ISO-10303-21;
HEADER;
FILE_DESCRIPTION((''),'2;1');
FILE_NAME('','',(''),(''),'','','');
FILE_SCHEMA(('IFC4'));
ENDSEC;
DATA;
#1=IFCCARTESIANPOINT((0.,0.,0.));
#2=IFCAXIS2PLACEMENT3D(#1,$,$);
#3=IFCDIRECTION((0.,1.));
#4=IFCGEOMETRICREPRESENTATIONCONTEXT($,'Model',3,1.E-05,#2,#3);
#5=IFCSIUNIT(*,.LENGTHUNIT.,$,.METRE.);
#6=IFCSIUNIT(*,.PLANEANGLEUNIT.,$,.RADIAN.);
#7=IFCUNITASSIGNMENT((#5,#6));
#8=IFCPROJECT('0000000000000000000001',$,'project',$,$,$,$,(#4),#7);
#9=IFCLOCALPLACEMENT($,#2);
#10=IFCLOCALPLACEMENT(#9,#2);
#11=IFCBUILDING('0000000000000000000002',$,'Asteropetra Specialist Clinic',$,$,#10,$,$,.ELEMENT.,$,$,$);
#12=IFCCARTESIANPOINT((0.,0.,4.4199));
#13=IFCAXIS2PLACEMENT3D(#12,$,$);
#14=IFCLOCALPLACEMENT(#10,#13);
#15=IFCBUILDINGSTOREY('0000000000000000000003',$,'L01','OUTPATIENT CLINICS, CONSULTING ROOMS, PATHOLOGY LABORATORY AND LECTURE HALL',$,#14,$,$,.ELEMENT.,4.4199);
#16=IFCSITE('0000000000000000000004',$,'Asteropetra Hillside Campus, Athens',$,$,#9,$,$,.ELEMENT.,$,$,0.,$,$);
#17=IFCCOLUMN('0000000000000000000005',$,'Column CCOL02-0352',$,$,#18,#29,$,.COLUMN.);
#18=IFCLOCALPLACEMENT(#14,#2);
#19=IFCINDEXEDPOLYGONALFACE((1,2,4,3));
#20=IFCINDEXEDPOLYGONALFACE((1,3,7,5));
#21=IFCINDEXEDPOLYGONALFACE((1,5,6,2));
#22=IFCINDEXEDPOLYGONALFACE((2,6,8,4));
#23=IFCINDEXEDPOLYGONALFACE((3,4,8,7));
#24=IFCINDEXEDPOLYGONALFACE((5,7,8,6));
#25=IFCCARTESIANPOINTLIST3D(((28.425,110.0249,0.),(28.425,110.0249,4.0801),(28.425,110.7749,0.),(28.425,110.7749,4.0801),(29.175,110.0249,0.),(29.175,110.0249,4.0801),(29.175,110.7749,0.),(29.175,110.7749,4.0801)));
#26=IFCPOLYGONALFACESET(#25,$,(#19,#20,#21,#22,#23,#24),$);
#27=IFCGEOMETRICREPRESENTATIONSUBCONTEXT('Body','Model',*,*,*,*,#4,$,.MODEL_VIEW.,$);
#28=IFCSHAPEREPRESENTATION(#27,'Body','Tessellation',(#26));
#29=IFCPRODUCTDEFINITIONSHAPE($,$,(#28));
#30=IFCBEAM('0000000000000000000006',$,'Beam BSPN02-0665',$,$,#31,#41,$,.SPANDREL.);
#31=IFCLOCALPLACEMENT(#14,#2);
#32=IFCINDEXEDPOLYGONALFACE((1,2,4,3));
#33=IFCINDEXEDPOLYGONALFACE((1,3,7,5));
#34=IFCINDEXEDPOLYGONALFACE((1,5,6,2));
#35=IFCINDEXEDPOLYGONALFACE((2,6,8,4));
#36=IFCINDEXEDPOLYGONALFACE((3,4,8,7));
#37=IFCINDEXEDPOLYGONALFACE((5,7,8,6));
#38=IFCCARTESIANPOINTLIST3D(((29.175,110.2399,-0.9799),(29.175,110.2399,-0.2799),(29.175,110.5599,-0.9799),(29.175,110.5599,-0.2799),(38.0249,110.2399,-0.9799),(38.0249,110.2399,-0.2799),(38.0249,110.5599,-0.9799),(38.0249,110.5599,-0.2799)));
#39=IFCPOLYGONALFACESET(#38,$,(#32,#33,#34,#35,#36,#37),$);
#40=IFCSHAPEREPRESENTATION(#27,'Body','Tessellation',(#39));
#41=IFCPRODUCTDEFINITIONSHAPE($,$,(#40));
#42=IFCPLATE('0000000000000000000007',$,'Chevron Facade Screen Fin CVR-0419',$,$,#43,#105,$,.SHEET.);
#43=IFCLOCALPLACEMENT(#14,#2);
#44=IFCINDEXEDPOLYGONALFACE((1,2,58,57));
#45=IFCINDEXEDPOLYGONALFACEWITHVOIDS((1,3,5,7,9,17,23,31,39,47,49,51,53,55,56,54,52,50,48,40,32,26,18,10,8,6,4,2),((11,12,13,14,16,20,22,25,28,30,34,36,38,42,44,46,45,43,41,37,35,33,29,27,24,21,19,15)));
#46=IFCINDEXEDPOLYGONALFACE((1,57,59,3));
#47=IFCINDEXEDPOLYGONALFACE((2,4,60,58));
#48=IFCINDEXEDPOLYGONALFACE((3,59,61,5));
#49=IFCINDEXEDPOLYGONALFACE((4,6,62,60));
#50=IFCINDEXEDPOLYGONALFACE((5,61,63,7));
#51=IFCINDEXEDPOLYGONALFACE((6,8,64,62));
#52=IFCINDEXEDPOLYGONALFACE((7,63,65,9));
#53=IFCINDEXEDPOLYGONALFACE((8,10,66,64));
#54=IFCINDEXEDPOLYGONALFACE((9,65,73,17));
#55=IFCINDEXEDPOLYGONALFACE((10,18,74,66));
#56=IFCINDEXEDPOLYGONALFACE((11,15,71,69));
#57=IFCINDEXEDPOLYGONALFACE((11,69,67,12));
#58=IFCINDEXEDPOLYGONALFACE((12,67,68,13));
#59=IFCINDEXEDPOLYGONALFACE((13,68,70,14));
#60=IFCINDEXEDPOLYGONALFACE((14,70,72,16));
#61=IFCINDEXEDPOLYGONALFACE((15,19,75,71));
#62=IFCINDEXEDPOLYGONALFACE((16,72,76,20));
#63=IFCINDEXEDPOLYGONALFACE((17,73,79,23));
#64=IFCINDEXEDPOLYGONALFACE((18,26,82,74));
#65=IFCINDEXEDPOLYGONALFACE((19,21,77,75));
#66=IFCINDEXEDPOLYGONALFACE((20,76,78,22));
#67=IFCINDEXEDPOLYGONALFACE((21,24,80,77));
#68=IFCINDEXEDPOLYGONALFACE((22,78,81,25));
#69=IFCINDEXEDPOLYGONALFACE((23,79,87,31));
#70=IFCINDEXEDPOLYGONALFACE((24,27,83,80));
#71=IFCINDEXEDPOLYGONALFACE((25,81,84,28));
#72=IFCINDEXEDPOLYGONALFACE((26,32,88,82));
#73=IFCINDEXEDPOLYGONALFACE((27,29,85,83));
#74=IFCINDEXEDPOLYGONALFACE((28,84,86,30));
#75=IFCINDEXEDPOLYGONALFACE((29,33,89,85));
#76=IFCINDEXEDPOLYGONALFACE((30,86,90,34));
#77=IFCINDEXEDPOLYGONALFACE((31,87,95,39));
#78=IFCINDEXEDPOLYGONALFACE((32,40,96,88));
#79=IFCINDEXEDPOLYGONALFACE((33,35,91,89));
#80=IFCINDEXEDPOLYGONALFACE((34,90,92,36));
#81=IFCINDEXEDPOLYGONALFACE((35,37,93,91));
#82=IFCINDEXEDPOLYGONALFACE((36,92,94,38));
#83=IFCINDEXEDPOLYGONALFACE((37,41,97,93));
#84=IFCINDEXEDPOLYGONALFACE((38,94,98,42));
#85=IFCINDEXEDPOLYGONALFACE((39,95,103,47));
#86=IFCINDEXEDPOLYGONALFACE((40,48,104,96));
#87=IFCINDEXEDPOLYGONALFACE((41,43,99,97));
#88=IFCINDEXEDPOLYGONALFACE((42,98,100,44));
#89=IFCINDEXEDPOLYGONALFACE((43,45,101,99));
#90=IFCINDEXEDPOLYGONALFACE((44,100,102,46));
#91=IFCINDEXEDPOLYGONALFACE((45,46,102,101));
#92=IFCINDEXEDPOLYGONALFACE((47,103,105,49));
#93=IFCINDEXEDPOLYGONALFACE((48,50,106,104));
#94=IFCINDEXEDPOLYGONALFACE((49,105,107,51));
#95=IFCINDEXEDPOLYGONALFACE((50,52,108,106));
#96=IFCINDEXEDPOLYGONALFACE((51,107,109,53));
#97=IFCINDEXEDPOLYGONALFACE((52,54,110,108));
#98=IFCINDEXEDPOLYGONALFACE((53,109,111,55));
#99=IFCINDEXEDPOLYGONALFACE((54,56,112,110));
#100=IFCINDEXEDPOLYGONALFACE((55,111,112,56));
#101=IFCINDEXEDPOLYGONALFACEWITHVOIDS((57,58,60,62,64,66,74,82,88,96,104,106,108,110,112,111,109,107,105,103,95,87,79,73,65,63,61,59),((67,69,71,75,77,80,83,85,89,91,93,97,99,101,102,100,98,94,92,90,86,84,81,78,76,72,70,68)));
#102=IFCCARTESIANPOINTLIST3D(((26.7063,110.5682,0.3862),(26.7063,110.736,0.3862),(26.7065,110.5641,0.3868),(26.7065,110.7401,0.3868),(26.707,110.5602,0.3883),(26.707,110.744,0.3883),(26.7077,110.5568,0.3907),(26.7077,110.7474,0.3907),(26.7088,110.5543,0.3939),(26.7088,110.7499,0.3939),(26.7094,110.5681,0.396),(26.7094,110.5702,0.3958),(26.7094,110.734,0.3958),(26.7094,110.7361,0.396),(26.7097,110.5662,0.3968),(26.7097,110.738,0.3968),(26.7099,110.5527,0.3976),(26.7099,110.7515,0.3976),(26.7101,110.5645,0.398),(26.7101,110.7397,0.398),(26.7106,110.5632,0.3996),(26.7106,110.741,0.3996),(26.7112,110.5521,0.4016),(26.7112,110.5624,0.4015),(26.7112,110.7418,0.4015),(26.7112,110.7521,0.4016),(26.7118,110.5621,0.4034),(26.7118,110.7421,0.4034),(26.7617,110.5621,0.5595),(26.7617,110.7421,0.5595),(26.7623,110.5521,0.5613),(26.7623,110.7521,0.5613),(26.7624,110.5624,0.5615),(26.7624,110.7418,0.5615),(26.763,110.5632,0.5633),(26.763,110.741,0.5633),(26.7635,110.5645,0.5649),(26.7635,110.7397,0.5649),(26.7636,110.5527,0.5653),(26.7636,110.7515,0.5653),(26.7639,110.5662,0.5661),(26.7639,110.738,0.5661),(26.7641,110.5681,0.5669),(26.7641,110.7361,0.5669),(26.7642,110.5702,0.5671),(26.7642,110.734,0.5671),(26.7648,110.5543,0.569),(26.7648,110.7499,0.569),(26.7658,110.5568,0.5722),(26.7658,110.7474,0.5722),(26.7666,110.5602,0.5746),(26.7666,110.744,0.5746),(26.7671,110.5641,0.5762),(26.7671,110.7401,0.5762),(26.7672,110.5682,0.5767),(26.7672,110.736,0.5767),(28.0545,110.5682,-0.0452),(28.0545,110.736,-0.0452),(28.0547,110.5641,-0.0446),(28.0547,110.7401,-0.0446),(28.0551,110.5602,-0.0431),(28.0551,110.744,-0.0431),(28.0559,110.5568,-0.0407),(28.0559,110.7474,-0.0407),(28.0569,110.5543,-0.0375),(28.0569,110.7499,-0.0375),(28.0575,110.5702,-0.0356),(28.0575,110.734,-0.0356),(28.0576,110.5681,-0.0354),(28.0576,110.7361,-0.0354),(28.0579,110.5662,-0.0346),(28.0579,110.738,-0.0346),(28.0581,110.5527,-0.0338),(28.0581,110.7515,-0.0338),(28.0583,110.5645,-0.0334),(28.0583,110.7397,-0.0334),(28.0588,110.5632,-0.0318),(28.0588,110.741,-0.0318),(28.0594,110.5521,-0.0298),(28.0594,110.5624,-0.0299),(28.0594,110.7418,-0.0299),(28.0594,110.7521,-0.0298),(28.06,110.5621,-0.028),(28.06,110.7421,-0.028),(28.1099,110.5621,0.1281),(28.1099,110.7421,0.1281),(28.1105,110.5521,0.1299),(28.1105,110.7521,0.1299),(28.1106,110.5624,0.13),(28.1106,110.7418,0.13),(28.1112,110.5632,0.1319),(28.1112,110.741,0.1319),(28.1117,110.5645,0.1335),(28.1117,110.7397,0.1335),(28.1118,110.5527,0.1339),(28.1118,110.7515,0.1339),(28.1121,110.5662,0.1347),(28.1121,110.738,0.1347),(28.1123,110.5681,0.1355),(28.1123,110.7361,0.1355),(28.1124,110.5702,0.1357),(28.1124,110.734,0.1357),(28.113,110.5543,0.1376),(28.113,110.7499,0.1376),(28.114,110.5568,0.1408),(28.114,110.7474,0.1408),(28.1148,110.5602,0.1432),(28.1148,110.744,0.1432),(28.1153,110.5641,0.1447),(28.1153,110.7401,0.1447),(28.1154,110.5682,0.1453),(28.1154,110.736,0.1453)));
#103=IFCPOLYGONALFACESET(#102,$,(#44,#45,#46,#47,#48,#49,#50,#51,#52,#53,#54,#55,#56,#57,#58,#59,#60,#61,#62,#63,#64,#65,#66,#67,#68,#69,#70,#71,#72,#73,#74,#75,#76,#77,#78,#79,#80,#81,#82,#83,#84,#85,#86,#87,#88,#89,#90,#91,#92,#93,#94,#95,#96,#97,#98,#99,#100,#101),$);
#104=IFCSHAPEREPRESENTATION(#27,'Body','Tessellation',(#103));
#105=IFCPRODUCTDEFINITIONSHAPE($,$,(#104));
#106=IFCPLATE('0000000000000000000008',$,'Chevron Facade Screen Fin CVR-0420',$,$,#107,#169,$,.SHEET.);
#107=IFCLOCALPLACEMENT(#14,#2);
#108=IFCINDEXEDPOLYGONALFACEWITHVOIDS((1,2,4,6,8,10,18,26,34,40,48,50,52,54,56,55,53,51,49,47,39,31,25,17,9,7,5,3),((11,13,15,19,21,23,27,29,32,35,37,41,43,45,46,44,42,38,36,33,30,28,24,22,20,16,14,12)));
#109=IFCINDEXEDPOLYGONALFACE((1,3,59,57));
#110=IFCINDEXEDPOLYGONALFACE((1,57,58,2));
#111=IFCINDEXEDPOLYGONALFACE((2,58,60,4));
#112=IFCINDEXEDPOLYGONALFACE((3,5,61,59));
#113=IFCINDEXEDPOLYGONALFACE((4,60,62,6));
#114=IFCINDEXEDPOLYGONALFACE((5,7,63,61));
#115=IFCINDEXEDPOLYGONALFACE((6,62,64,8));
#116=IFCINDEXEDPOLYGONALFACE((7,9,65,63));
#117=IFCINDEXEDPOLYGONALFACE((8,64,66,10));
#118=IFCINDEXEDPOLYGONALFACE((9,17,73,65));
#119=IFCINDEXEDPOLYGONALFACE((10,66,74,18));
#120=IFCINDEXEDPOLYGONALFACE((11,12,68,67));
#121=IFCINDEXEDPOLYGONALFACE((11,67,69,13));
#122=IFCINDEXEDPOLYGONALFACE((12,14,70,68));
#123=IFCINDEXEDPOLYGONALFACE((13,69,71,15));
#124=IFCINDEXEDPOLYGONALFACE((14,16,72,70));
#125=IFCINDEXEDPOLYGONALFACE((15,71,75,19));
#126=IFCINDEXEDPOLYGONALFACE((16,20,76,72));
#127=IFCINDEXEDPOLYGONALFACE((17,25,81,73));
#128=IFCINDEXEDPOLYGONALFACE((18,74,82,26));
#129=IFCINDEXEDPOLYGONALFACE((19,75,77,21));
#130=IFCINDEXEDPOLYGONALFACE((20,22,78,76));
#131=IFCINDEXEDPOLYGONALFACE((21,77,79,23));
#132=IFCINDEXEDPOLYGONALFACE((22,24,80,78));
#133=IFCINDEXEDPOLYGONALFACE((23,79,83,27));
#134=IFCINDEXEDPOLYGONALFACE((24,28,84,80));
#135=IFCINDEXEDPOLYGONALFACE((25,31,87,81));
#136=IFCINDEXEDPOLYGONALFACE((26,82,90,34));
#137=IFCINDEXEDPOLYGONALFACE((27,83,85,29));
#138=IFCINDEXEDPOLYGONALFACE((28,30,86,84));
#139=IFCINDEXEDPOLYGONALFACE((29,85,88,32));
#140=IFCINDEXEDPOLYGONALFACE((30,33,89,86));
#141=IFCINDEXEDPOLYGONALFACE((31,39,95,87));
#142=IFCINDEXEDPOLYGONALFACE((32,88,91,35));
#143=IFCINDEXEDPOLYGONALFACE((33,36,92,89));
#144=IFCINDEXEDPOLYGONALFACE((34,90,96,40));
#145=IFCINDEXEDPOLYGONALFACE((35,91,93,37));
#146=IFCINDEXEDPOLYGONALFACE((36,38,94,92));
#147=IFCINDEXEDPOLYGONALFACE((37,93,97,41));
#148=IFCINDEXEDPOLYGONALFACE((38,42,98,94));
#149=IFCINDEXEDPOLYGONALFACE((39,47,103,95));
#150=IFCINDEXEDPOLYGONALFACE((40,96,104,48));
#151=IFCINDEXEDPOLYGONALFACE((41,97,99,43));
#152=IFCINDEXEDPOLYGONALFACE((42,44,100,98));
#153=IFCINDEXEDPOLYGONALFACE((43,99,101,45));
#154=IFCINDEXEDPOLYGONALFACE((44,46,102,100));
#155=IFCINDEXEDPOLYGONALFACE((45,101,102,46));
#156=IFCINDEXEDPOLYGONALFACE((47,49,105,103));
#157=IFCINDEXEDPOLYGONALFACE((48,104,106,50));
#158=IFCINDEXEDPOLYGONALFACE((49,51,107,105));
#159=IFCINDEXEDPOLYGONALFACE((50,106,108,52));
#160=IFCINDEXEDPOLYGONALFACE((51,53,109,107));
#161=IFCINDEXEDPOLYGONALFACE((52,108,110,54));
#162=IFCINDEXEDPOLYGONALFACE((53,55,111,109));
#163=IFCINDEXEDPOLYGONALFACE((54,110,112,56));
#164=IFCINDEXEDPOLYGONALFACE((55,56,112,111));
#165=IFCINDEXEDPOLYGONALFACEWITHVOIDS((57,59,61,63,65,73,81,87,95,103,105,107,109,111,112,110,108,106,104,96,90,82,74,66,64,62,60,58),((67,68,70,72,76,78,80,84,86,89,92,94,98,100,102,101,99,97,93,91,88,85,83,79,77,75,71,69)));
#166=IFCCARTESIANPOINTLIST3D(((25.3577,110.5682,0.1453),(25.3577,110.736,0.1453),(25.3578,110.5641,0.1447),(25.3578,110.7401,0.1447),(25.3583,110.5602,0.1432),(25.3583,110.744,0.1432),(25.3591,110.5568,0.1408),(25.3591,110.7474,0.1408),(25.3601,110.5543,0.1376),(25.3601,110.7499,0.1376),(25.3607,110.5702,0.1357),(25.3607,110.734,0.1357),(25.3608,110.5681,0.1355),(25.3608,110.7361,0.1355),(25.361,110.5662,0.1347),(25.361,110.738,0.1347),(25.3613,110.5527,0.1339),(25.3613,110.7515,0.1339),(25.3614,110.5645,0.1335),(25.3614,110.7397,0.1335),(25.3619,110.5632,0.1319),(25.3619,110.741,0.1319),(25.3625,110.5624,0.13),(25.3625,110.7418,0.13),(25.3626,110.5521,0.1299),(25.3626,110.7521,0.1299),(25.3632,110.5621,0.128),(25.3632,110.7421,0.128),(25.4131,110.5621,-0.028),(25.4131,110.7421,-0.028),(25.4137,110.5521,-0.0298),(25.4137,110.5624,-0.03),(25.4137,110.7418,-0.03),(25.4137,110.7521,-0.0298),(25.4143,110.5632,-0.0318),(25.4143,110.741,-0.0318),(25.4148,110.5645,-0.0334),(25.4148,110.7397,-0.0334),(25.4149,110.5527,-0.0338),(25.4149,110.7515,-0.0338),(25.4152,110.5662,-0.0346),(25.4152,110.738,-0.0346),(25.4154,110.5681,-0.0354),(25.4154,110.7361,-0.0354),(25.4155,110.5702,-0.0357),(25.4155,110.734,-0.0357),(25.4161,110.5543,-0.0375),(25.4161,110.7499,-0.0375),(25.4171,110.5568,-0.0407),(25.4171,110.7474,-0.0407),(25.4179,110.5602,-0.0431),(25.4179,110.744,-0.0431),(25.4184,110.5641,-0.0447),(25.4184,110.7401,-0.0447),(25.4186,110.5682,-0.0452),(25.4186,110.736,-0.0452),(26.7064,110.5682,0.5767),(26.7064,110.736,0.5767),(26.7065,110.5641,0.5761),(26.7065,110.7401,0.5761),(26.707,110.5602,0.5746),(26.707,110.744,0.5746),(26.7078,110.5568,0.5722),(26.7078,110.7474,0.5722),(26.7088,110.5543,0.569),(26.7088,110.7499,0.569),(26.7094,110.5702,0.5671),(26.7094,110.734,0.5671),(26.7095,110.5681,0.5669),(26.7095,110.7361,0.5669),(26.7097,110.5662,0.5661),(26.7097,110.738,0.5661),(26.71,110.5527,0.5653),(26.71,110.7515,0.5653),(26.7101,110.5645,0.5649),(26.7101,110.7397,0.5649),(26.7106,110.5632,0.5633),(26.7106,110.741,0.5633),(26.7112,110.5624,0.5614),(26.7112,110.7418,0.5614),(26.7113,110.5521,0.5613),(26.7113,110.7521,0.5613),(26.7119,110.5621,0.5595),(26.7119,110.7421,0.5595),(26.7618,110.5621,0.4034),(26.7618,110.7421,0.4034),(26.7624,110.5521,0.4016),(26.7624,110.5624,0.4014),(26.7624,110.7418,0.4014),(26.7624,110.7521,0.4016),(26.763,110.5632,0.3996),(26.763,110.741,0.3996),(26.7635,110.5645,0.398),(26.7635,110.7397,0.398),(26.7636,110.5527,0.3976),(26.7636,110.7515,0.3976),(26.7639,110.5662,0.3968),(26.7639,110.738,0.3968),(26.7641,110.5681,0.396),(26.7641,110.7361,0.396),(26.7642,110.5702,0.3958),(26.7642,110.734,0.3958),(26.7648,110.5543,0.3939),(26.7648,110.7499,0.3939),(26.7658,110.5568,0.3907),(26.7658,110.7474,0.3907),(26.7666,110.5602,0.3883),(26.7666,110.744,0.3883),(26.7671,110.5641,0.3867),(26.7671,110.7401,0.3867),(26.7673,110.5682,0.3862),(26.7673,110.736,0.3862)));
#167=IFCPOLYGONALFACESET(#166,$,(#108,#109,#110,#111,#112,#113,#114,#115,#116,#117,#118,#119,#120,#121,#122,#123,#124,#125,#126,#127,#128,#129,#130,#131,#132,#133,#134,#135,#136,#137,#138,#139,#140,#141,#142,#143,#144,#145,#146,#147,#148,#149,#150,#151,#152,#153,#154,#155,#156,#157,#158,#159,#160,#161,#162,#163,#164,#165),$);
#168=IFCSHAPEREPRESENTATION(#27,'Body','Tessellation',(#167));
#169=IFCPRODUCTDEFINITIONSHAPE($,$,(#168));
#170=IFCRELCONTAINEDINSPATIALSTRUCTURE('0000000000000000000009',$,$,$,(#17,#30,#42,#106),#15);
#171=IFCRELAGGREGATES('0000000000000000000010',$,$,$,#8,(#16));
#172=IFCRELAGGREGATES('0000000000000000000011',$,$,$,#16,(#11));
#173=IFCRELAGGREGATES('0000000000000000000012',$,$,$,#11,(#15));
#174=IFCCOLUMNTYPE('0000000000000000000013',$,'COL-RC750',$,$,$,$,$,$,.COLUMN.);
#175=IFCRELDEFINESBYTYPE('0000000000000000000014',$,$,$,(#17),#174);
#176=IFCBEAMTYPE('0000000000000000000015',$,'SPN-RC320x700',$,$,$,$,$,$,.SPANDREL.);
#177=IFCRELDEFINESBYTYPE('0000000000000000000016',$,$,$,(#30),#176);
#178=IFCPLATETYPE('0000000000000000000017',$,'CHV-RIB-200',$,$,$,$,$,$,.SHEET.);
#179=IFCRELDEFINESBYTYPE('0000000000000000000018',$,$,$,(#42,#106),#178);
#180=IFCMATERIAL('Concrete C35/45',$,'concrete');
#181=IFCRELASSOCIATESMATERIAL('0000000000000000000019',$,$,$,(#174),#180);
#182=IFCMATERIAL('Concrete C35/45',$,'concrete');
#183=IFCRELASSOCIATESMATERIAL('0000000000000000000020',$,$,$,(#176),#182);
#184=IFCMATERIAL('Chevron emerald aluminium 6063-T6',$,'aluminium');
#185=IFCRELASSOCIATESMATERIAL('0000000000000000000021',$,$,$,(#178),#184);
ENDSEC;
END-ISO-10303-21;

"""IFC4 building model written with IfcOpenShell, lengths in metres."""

from ifc_helpers import new_model, si_unit, direction, frame, origin, origin_2d, place, context, subcontext, project, spatial, rectangle, hollow_rectangle, extrude, material, material_profile, profile_set, type_object, element, save


model = new_model("IFC4")

# Units and contexts
model_context = context("Model", 3, precision=1e-05, world=origin(), true_north=direction((0.0, 1.0)))
body_context = subcontext(model_context, "Body", "Model", "MODEL_VIEW")
ifc_project = project(units=[si_unit("LENGTHUNIT", "METRE"), si_unit("PLANEANGLEUNIT", "RADIAN")], contexts=[model_context])

# Site, building, storey
site_placement = place(None, origin())
site = spatial("IfcSite", under=ifc_project, at=site_placement, Name="Asteropetra Hillside Campus, Athens", CompositionType="ELEMENT", RefElevation=0.0)
building_placement = place(site_placement, origin())
building = spatial("IfcBuilding", under=site, at=building_placement, Name="Asteropetra Specialist Clinic", CompositionType="ELEMENT")
storey_placement = place(building_placement, frame((0.0, 0.0, 4.4199)))
storey = spatial("IfcBuildingStorey", under=building, at=storey_placement, Name="L01", Description="OUTPATIENT CLINICS, CONSULTING ROOMS, PATHOLOGY LABORATORY AND LECTURE HALL", CompositionType="ELEMENT", Elevation=4.4199)

# Column
ifc_material_1 = material(Name="Concrete C35/45", Category="concrete")
ifc_material_profile_1 = material_profile(ifc_material_1, rectangle(XDim=0.75, YDim=0.75, at=origin_2d()), Name="RC 750x750")
ifc_profile_set_1 = profile_set([ifc_material_profile_1], Name="Concrete C35/45")
column_type = type_object("IfcColumnType", Name="COL-RC750", PredefinedType="COLUMN", material=ifc_profile_set_1)
column_placement = place(storey_placement, frame((28.8, 110.3999, 0.0), z_axis=(0.0, 0.0, 1.0), x_axis=(1.0, 0.0, 0.0)))
element("IfcColumn", 1, at=column_placement, inside=storey, type_object=column_type, Name="Column CCOL02-0352", PredefinedType="COLUMN", context=body_context, shape_type="SweptSolid", body=[
    extrude(rectangle(XDim=0.75, YDim=0.75, at=origin_2d()), origin(), (0.0, 0.0, 1.0), 4.0801),
])

# Beam
ifc_material_2 = material(Name="Concrete C35/45", Category="concrete")
ifc_material_profile_2 = material_profile(ifc_material_2, rectangle(XDim=0.3201, YDim=0.7, at=origin_2d()), Name="RCS 320x700")
ifc_profile_set_2 = profile_set([ifc_material_profile_2], Name="Concrete C35/45")
beam_type = type_object("IfcBeamType", Name="SPN-RC320x700", PredefinedType="SPANDREL", material=ifc_profile_set_2)
beam_placement = place(storey_placement, frame((29.175, 110.3999, -0.6299), z_axis=(1.0, 0.0, 0.0), x_axis=(0.0, 1.0, 0.0)))
element("IfcBeam", 2, at=beam_placement, inside=storey, type_object=beam_type, Name="Beam BSPN02-0665", PredefinedType="SPANDREL", context=body_context, shape_type="SweptSolid", body=[
    extrude(rectangle(XDim=0.3201, YDim=0.7, at=origin_2d()), origin(), (0.0, 0.0, 1.0), 8.8499),
])

# Plates
ifc_material_3 = material(Name="Chevron emerald aluminium 6063-T6", Category="aluminium")
ifc_material_profile_3 = material_profile(ifc_material_3, hollow_rectangle(XDim=0.2, YDim=0.2, WallThickness=0.01, InnerFilletRadius=0.0081, OuterFilletRadius=0.0161, at=origin_2d()), Name="SHS 200x200x10.0")
ifc_profile_set_3 = profile_set([ifc_material_profile_3], Name="Chevron emerald aluminium 6063-T6")
plate_type_1 = type_object("IfcPlateType", Name="CHV-RIB-200", PredefinedType="SHEET", material=ifc_profile_set_3)
plate_1_placement = place(storey_placement, frame((28.085, 110.6521, 0.05), z_axis=(-0.952426, 0.0, 0.304769), x_axis=(0.0, -1.0, 0.0)))
element("IfcPlate", 3, at=plate_1_placement, inside=storey, type_object=plate_type_1, Name="Chevron Facade Screen Fin CVR-0419", PredefinedType="SHEET", context=body_context, shape_type="SweptSolid", body=[
    extrude(hollow_rectangle(XDim=0.2, YDim=0.2, WallThickness=0.01, InnerFilletRadius=0.0081, OuterFilletRadius=0.0161, at=origin_2d()), origin(), (0.0, 0.0, 1.0), 1.4155),
])
plate_2_placement = place(storey_placement, frame((26.7368, 110.6521, 0.4814), z_axis=(-0.952458, 0.0, -0.304669), x_axis=(0.0, -1.0, 0.0)))
element("IfcPlate", 4, at=plate_2_placement, inside=storey, type_object=plate_type_1, Name="Chevron Facade Screen Fin CVR-0420", PredefinedType="SHEET", context=body_context, shape_type="SweptSolid", body=[
    extrude(hollow_rectangle(XDim=0.2, YDim=0.2, WallThickness=0.01, InnerFilletRadius=0.0081, OuterFilletRadius=0.0161, at=origin_2d()), origin(), (0.0, 0.0, 1.0), 1.416),
])

save(model, "model.ifc")
